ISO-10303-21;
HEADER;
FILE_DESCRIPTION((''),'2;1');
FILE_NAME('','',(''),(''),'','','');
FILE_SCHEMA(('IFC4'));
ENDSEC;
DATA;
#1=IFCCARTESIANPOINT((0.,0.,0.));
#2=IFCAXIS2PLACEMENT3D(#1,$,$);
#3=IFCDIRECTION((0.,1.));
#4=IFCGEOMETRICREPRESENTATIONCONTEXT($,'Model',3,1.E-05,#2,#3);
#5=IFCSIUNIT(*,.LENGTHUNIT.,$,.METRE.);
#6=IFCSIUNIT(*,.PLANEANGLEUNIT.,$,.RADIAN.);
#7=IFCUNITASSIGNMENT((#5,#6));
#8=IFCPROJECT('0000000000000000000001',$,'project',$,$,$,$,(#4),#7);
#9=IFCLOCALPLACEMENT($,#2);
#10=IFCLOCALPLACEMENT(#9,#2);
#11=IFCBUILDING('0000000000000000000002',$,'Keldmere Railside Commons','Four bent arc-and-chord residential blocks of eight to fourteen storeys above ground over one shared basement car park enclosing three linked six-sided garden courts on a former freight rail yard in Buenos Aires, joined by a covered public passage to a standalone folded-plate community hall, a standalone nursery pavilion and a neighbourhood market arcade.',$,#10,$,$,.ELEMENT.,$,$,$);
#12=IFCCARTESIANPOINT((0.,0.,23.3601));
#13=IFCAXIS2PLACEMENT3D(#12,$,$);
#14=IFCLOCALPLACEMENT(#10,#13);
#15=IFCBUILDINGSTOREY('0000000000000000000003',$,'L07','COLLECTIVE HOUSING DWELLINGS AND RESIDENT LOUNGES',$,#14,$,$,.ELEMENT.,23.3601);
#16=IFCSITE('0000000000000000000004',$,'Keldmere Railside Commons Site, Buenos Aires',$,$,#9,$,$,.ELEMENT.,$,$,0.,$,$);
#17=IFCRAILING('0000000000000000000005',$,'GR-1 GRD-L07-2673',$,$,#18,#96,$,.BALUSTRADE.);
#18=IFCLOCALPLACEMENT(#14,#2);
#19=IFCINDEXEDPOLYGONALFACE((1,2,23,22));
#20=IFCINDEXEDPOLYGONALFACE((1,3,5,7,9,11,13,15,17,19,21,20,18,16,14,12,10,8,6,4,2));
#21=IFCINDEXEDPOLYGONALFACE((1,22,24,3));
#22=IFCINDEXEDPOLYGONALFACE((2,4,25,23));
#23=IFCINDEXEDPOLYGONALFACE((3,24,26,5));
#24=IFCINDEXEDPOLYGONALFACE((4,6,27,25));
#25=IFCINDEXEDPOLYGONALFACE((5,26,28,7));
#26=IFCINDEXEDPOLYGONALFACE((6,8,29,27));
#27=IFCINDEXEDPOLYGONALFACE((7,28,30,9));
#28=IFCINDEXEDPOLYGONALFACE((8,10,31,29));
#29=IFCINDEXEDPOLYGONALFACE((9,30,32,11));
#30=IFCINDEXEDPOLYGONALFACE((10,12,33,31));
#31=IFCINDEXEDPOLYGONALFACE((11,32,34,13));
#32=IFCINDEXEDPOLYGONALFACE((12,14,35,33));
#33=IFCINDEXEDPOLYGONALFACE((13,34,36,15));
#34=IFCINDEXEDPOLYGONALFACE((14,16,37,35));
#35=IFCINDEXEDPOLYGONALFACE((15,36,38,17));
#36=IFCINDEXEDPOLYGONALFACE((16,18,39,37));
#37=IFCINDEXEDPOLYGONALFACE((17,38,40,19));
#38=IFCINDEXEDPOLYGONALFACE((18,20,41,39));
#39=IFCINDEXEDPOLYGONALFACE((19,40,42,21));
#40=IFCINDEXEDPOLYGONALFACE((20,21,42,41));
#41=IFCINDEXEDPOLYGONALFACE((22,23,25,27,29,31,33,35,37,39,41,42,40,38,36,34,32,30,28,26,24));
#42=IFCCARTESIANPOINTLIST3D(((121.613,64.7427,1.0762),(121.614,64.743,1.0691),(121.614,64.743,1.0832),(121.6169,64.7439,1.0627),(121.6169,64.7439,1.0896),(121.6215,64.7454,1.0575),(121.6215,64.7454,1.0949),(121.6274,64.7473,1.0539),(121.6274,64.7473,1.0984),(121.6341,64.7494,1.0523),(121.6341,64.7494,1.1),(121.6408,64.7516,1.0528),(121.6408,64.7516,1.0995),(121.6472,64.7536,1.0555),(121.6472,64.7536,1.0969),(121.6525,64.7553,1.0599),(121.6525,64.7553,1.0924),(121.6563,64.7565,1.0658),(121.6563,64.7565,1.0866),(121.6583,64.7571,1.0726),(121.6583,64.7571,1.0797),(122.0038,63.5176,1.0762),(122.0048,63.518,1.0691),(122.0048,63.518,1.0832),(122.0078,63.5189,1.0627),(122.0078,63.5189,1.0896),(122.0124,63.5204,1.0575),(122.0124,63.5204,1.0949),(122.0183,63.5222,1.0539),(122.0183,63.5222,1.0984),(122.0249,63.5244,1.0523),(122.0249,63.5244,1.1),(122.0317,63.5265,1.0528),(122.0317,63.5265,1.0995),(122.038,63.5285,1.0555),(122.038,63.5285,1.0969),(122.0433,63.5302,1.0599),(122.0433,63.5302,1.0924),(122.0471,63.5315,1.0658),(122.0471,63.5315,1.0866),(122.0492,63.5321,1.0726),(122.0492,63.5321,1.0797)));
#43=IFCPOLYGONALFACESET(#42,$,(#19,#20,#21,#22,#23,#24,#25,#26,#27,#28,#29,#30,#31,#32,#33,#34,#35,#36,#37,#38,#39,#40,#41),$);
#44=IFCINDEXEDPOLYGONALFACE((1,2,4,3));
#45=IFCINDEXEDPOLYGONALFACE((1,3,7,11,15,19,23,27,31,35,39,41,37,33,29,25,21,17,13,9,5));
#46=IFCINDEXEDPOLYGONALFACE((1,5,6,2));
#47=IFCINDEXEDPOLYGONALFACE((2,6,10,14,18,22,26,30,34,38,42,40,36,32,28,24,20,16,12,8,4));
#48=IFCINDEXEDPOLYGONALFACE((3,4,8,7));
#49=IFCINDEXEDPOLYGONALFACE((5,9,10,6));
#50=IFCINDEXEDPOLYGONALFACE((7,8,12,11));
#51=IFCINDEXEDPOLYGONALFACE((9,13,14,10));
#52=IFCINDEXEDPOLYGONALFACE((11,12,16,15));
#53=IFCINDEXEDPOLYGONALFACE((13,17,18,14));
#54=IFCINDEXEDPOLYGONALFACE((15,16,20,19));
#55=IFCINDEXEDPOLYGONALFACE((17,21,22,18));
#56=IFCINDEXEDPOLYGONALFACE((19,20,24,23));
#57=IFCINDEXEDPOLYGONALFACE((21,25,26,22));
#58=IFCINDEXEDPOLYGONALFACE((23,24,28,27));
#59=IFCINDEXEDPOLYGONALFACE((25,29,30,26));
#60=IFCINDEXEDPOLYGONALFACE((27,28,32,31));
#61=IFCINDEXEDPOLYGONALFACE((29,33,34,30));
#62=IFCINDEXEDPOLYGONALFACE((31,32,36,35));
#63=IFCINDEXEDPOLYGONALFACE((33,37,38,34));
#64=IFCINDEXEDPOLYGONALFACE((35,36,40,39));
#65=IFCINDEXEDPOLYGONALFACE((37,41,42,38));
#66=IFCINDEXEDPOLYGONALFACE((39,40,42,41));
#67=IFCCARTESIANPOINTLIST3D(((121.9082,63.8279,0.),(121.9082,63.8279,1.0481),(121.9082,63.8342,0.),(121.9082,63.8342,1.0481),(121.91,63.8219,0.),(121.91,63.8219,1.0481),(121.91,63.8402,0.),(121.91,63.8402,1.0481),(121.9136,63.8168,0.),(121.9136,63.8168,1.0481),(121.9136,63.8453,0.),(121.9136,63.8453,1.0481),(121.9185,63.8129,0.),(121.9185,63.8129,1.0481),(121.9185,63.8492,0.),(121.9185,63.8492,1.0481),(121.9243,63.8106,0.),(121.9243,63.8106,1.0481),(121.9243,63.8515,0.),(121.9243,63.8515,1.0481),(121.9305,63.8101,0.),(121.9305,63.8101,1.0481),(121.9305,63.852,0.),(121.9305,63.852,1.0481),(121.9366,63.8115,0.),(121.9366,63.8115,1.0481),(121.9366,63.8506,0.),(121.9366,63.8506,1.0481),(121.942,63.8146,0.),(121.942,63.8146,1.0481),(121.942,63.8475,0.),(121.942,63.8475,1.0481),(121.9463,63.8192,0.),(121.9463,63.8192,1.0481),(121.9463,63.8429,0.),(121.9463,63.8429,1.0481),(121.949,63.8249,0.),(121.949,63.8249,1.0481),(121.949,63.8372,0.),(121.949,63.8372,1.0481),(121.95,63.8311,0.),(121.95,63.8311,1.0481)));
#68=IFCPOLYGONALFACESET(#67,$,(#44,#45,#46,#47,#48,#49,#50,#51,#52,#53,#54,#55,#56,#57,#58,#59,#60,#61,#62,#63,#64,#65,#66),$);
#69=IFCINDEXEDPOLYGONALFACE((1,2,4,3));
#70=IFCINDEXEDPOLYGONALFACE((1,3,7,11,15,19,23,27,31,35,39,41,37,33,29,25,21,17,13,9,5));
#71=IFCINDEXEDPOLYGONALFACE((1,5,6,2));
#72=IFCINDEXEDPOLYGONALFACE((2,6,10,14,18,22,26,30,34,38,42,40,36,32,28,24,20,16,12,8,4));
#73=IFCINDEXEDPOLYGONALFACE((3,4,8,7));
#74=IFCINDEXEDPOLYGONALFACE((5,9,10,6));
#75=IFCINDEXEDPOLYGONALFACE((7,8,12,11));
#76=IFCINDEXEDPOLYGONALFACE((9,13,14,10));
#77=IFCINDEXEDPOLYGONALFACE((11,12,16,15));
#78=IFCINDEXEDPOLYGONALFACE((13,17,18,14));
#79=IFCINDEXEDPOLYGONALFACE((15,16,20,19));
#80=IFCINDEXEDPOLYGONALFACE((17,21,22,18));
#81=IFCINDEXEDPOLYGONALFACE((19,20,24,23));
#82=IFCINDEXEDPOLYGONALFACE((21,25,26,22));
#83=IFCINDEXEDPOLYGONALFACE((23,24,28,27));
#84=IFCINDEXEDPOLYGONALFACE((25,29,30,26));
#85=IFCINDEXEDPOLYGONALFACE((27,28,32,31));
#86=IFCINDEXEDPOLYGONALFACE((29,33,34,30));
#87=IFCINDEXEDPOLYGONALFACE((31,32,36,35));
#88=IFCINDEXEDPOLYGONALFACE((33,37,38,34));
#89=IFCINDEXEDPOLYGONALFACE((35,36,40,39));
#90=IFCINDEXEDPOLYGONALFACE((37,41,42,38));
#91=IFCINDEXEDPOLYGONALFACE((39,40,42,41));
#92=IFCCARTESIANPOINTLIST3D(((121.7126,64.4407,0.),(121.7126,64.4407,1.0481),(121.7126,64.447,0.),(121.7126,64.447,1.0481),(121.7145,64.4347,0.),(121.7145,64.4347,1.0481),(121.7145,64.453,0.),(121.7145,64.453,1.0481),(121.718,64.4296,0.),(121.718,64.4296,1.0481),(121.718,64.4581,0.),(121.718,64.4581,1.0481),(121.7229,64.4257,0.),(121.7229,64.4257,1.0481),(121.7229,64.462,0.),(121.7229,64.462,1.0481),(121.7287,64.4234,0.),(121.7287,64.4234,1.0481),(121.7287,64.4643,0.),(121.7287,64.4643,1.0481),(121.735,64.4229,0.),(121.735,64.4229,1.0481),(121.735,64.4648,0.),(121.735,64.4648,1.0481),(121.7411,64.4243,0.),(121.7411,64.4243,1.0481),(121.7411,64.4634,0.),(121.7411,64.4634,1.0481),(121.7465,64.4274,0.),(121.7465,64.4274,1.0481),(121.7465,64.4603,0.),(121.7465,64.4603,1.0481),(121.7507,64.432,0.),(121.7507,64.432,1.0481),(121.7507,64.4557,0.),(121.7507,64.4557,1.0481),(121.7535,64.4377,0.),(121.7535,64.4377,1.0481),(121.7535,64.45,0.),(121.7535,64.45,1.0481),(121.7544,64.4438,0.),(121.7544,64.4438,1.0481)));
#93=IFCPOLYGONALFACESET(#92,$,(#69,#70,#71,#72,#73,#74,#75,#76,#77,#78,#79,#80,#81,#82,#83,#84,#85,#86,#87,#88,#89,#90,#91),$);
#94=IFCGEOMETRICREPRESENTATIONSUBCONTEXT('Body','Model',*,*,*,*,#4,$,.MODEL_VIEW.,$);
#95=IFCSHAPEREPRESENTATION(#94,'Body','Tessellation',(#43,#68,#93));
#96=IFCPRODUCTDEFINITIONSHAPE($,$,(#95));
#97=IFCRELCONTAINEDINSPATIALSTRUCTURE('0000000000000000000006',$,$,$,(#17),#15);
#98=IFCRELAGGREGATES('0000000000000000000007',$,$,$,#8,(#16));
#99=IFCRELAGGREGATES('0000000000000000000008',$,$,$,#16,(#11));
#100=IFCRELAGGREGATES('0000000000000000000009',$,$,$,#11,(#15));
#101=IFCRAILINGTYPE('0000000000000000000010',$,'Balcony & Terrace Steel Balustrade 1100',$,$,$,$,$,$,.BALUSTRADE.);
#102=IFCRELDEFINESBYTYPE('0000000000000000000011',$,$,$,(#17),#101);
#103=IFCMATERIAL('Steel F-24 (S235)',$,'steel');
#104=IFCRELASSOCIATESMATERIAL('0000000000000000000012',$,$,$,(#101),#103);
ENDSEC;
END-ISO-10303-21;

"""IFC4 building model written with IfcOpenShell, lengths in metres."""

from ifc_helpers import new_model, si_unit, direction, frame, origin, origin_2d, place, context, subcontext, project, spatial, circle, extrude, material, type_object, element, save


model = new_model("IFC4")

# Units and contexts
model_context = context("Model", 3, precision=1e-05, world=origin(), true_north=direction((0.0, 1.0)))
body_context = subcontext(model_context, "Body", "Model", "MODEL_VIEW")
ifc_project = project(units=[si_unit("LENGTHUNIT", "METRE"), si_unit("PLANEANGLEUNIT", "RADIAN")], contexts=[model_context])

# Site, building, storey
site_placement = place(None, origin())
site = spatial("IfcSite", under=ifc_project, at=site_placement, Name="Keldmere Railside Commons Site, Buenos Aires", CompositionType="ELEMENT", RefElevation=0.0)
building_placement = place(site_placement, origin())
building = spatial("IfcBuilding", under=site, at=building_placement, Name="Keldmere Railside Commons", Description="Four bent arc-and-chord residential blocks of eight to fourteen storeys above ground over one shared basement car park enclosing three linked six-sided garden courts on a former freight rail yard in Buenos Aires, joined by a covered public passage to a standalone folded-plate community hall, a standalone nursery pavilion and a neighbourhood market arcade.", CompositionType="ELEMENT")
storey_placement = place(building_placement, frame((0.0, 0.0, 23.3601)))
storey = spatial("IfcBuildingStorey", under=building, at=storey_placement, Name="L07", Description="COLLECTIVE HOUSING DWELLINGS AND RESIDENT LOUNGES", CompositionType="ELEMENT", Elevation=23.3601)

# Railing
ifc_material_1 = material(Name="Steel F-24 (S235)", Category="steel")
railing_type = type_object("IfcRailingType", Name="Balcony & Terrace Steel Balustrade 1100", PredefinedType="BALUSTRADE", material=ifc_material_1)
railing_1_placement = place(storey_placement, frame((122.0266, 63.5249, 0.0)))
element("IfcRailing", 1, at=railing_1_placement, inside=storey, type_object=railing_type, Name="GR-1 GRD-L07-2673", PredefinedType="BALUSTRADE", context=body_context, shape_type="SweptSolid", body=[
    extrude(circle(Radius=0.0239, at=origin_2d()), frame((0.0, 0.0, 1.0762), z_axis=(-0.303956, 0.952686, 0.0), x_axis=(-0.952686, -0.303956, 0.0)), (0.0, 0.0, 1.0), 1.2859),
    extrude(circle(Radius=0.021, at=origin_2d()), frame((-0.0977, 0.3062, 0.0)), (0.0, 0.0, 1.0), 1.0481),
    extrude(circle(Radius=0.021, at=origin_2d()), frame((-0.2932, 0.9189, 0.0)), (0.0, 0.0, 1.0), 1.0481),
])

save(model, "model.ifc")
